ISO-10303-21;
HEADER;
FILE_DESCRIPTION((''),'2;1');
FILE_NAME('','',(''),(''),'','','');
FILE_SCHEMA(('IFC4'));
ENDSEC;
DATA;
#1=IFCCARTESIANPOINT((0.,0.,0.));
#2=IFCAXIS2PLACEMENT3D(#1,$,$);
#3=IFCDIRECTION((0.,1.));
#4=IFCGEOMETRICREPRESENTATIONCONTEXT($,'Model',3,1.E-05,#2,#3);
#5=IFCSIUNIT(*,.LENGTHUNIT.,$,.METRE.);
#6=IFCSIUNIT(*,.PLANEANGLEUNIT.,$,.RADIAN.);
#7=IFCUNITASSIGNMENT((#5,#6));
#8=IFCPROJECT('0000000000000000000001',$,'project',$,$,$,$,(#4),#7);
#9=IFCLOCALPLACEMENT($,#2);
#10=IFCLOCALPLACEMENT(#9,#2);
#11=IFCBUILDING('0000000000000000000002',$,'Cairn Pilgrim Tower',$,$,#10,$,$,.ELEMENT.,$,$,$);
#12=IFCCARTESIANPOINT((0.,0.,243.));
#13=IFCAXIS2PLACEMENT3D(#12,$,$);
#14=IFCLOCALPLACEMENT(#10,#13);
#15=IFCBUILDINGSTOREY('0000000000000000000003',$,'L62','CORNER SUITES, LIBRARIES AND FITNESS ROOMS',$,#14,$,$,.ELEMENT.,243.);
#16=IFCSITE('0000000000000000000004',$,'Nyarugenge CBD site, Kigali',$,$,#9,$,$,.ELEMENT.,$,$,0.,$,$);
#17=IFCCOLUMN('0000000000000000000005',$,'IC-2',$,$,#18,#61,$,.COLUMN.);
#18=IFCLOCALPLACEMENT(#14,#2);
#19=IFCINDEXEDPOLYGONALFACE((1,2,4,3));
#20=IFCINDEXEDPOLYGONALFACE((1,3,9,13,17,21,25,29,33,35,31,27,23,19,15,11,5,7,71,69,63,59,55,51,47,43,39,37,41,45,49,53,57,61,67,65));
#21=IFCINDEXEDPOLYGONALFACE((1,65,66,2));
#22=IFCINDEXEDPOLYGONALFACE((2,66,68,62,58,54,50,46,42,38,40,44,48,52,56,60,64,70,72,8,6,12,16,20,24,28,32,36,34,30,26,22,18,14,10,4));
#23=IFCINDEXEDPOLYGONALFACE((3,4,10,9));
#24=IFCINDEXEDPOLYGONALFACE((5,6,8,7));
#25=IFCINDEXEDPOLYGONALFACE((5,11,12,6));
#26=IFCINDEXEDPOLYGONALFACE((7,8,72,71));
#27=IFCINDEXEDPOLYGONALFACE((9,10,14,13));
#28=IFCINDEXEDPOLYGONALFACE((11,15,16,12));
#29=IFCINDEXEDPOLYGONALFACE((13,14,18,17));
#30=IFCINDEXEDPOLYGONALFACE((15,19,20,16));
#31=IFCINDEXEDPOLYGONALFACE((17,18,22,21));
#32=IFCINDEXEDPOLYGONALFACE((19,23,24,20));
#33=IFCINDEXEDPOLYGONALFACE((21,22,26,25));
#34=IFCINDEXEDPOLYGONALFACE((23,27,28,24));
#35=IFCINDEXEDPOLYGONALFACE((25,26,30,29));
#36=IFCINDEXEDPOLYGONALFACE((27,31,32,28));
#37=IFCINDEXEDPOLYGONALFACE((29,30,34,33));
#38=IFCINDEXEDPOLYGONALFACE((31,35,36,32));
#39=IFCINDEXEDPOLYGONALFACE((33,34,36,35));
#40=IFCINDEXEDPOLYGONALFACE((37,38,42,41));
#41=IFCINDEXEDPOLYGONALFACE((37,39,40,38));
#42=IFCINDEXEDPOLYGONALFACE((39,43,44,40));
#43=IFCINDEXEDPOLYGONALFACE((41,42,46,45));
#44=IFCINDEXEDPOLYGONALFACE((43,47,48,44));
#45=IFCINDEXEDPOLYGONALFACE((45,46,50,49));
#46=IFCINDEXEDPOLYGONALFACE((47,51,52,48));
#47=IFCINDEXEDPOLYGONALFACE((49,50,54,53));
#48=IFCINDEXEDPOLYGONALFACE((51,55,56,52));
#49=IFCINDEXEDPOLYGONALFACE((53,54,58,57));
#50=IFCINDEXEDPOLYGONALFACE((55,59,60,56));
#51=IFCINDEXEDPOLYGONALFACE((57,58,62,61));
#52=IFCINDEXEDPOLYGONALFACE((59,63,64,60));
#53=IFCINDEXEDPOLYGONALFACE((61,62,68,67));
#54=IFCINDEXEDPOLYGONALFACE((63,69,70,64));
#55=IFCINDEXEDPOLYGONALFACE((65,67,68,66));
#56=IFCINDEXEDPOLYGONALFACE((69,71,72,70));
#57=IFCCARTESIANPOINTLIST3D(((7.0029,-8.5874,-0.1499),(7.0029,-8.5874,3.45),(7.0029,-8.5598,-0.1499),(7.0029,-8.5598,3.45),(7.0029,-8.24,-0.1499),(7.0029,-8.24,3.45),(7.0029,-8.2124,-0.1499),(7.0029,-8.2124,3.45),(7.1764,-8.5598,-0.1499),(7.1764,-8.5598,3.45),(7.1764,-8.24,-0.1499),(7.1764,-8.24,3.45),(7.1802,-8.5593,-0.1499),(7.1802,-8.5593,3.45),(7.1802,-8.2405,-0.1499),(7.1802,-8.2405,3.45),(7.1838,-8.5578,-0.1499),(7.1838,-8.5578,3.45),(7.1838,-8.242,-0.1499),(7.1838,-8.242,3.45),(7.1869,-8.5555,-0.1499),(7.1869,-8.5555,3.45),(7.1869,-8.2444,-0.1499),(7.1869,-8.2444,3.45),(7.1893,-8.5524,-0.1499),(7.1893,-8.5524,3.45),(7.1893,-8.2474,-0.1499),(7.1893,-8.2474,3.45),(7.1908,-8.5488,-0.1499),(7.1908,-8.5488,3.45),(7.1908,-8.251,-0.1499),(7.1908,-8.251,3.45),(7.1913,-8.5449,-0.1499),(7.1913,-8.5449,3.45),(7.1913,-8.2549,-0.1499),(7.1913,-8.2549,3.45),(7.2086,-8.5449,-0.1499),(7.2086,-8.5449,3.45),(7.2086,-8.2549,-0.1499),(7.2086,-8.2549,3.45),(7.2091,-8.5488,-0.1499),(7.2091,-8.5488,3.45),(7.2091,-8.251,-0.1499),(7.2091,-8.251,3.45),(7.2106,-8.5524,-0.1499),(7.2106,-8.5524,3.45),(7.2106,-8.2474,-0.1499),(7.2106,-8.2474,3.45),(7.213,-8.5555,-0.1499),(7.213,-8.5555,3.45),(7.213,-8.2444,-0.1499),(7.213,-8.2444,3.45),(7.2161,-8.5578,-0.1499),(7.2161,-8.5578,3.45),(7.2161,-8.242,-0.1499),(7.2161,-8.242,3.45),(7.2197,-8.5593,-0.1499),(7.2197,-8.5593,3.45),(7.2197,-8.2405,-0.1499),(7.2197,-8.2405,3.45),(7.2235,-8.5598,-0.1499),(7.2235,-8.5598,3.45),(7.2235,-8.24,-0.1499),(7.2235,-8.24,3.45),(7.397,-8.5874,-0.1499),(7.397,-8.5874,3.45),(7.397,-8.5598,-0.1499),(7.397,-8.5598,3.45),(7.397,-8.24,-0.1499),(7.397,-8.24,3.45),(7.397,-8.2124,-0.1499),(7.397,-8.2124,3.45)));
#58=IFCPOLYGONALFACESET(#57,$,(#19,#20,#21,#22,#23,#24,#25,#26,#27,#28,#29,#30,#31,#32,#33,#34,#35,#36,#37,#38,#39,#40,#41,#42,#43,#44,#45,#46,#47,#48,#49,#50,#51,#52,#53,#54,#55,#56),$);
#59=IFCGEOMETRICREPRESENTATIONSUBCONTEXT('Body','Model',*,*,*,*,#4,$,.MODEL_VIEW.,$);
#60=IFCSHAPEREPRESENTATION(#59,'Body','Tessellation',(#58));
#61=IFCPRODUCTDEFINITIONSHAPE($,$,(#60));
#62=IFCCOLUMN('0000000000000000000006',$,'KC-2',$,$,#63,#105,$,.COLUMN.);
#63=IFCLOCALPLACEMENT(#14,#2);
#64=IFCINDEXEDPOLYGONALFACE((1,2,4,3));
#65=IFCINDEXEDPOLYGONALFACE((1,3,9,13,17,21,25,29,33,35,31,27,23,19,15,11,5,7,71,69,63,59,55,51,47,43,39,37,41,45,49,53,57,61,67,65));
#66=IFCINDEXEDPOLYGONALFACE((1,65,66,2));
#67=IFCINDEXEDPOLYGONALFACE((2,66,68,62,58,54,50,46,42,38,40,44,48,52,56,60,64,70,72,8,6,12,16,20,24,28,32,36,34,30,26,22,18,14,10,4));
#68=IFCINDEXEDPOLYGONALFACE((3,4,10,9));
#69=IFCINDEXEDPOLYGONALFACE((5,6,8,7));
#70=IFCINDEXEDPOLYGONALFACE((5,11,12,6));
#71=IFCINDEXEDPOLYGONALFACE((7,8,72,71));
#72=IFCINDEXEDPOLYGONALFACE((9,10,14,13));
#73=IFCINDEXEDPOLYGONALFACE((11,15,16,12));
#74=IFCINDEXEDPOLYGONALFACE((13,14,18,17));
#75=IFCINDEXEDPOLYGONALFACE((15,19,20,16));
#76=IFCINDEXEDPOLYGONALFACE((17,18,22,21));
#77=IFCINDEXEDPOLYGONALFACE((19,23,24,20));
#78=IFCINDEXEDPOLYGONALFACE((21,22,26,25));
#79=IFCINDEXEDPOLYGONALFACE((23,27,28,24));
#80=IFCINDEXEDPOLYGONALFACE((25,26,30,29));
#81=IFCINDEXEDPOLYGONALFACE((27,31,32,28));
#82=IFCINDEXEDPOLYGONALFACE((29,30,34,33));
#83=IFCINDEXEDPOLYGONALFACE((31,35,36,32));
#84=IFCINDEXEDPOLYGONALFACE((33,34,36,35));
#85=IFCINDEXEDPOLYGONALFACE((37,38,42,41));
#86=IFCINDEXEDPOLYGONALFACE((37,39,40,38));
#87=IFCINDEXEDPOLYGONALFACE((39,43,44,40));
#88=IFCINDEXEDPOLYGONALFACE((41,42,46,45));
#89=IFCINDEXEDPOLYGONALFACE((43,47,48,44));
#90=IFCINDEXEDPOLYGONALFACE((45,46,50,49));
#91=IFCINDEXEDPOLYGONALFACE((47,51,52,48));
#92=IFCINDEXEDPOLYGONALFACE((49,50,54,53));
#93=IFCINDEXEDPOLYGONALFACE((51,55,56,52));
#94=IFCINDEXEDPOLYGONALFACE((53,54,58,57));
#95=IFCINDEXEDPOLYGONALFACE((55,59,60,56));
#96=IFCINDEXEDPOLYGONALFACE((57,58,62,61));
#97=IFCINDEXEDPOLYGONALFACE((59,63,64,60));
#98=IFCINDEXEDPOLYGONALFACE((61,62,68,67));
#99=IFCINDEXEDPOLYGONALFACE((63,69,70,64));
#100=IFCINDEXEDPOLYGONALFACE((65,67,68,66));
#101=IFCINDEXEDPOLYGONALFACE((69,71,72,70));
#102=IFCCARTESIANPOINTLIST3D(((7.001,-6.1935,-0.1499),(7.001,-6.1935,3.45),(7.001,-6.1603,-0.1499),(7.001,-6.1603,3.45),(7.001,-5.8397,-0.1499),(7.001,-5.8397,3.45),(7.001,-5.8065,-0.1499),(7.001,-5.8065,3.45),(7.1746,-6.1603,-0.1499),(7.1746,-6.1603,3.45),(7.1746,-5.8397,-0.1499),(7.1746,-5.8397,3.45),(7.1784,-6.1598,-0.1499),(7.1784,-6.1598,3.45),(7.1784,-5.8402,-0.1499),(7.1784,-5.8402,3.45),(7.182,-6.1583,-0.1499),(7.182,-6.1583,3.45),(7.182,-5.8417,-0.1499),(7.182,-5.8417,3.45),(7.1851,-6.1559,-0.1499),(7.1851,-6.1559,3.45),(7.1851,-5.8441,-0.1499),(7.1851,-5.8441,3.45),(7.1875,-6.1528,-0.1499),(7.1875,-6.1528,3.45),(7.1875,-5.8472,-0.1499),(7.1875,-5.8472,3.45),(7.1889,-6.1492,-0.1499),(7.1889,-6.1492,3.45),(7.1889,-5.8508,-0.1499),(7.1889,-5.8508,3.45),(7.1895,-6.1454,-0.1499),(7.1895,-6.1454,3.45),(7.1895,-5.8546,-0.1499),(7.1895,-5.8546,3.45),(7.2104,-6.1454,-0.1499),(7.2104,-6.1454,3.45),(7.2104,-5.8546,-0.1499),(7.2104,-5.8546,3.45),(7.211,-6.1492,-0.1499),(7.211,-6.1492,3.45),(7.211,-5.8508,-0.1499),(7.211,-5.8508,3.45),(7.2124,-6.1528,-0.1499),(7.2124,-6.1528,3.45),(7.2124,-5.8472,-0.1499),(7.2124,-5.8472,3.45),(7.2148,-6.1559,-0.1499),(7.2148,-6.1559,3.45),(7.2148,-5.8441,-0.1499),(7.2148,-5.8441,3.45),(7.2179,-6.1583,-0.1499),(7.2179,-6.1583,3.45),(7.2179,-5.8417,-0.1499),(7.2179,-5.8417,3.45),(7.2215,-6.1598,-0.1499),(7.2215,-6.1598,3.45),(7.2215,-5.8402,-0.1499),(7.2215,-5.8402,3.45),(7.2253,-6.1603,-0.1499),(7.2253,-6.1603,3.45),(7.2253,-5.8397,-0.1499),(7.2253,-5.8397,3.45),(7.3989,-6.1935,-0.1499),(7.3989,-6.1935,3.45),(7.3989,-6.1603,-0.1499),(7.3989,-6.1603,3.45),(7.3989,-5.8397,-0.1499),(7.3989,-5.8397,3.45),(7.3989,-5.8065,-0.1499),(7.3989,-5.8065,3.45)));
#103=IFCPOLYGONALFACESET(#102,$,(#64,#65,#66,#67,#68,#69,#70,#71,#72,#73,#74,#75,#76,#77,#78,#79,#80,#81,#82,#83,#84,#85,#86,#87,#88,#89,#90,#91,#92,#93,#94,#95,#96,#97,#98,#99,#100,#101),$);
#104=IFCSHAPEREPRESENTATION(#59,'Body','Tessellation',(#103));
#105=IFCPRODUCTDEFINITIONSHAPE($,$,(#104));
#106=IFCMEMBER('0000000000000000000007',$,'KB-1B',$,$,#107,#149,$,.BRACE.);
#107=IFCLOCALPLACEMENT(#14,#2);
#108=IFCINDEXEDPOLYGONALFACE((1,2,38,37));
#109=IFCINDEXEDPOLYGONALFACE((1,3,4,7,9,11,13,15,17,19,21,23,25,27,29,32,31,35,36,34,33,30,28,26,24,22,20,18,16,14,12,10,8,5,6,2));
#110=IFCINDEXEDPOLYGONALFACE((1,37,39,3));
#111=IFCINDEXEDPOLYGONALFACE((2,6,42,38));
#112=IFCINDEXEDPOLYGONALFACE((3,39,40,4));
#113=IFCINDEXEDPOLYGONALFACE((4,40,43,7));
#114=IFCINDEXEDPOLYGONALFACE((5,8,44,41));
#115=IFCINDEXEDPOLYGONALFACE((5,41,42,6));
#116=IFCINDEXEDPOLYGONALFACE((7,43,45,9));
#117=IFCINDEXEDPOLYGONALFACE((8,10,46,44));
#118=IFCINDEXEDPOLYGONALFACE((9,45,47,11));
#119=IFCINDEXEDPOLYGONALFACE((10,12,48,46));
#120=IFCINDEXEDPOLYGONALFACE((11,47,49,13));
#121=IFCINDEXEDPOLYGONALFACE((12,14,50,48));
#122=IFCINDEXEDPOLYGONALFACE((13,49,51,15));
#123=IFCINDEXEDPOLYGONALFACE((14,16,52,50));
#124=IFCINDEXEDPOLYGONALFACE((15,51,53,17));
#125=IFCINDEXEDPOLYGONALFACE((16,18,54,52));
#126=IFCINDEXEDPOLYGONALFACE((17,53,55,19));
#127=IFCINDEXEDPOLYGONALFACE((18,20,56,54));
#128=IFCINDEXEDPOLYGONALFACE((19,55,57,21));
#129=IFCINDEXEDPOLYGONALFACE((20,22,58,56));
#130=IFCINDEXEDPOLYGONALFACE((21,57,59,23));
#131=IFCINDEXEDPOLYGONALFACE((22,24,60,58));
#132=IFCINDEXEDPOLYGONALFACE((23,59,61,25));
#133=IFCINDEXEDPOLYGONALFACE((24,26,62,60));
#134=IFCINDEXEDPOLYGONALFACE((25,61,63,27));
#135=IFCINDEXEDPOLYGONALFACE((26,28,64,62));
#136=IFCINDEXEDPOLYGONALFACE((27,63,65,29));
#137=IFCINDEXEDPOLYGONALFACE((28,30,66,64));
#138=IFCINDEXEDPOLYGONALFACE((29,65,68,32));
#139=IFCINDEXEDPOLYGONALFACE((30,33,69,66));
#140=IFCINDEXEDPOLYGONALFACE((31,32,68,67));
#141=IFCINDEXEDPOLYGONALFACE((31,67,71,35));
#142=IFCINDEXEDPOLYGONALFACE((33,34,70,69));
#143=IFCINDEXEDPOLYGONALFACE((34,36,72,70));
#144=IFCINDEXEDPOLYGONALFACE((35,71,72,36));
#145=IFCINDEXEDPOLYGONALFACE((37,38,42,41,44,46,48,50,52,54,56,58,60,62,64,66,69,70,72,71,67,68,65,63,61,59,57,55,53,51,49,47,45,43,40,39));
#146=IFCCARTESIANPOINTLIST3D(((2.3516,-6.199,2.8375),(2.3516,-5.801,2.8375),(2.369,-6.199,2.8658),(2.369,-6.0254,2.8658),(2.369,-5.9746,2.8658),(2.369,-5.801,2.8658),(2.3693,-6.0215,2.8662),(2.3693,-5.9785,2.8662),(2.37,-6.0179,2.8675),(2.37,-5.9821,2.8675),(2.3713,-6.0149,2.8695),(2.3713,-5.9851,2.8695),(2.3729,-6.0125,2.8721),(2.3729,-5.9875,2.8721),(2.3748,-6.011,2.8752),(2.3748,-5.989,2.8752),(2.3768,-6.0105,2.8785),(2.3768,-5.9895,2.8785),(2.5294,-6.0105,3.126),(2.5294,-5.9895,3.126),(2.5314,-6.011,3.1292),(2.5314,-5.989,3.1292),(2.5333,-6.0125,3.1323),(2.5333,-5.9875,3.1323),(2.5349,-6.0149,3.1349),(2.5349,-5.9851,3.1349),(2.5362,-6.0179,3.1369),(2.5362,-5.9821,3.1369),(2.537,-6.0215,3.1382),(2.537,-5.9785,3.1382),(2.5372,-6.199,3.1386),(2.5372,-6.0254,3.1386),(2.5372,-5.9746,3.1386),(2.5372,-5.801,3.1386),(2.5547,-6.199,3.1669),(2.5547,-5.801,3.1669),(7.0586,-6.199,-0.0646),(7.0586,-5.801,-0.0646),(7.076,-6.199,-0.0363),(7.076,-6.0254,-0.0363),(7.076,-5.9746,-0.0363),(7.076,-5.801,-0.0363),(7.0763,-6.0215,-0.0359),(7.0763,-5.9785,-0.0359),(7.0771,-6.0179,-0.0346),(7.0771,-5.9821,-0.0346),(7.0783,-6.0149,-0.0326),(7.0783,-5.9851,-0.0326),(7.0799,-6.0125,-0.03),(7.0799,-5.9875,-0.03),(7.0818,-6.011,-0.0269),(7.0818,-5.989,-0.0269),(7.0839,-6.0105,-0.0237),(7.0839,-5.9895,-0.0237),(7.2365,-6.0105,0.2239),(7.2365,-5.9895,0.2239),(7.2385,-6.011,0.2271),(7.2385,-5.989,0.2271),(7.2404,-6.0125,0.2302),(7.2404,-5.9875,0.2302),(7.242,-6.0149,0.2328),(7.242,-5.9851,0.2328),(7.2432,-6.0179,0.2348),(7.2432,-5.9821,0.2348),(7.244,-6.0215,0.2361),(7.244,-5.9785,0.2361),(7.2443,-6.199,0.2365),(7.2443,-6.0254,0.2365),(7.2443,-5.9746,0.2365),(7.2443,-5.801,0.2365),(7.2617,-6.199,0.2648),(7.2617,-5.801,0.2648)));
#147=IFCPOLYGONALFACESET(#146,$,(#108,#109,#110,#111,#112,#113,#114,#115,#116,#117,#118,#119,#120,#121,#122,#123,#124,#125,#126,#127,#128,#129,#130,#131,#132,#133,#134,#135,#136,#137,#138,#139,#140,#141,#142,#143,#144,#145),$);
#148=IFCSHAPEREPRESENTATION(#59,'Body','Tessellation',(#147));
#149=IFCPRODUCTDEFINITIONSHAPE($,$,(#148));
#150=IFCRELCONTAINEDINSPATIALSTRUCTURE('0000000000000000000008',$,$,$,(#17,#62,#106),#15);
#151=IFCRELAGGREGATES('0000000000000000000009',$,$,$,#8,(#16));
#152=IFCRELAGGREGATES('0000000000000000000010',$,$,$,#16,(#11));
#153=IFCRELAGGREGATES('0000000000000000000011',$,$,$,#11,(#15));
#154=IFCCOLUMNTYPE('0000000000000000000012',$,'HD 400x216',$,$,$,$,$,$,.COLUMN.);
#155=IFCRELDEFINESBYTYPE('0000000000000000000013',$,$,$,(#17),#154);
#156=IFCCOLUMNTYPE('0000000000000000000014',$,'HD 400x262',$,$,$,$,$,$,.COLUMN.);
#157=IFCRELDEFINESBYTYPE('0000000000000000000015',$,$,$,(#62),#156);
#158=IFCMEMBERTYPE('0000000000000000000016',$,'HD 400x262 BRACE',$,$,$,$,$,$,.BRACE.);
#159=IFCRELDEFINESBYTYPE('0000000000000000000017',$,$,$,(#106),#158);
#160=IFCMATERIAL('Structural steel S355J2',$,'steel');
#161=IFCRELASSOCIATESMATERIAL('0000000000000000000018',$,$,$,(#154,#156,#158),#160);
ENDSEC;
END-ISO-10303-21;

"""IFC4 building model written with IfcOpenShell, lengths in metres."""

from ifc_helpers import new_model, si_unit, direction, frame, origin, origin_2d, place, context, subcontext, project, spatial, i_section, extrude, material, material_profile, profile_set, type_object, element, save


model = new_model("IFC4")

# Units and contexts
model_context = context("Model", 3, precision=1e-05, world=origin(), true_north=direction((0.0, 1.0)))
body_context = subcontext(model_context, "Body", "Model", "MODEL_VIEW")
ifc_project = project(units=[si_unit("LENGTHUNIT", "METRE"), si_unit("PLANEANGLEUNIT", "RADIAN")], contexts=[model_context])

# Site, building, storey
site_placement = place(None, origin())
site = spatial("IfcSite", under=ifc_project, at=site_placement, Name="Nyarugenge CBD site, Kigali", CompositionType="ELEMENT", RefElevation=0.0)
building_placement = place(site_placement, origin())
building = spatial("IfcBuilding", under=site, at=building_placement, Name="Cairn Pilgrim Tower", CompositionType="ELEMENT")
storey_placement = place(building_placement, frame((0.0, 0.0, 243.0)))
storey = spatial("IfcBuildingStorey", under=building, at=storey_placement, Name="L62", Description="CORNER SUITES, LIBRARIES AND FITNESS ROOMS", CompositionType="ELEMENT", Elevation=243.0)

# Columns
ifc_material_1 = material(Name="Structural steel S355J2", Category="steel")
ifc_material_profile_1 = material_profile(ifc_material_1, i_section(OverallWidth=0.394, OverallDepth=0.375, WebThickness=0.0173, FlangeThickness=0.0276, FilletRadius=0.0149, at=origin_2d()), Name="HD 400x216")
ifc_profile_set_1 = profile_set([ifc_material_profile_1], Name="Structural steel S355J2")
column_type_1 = type_object("IfcColumnType", Name="HD 400x216", PredefinedType="COLUMN", material=ifc_profile_set_1)
column_1_placement = place(storey_placement, frame((7.2, -8.3999, -0.1499), z_axis=(0.0, 0.0, 1.0), x_axis=(1.0, 0.0, 0.0)))
element("IfcColumn", 1, at=column_1_placement, inside=storey, type_object=column_type_1, Name="IC-2", PredefinedType="COLUMN", context=body_context, shape_type="SweptSolid", body=[
    extrude(i_section(OverallWidth=0.394, OverallDepth=0.375, WebThickness=0.0173, FlangeThickness=0.0276, FilletRadius=0.0149, at=origin_2d()), origin(), (0.0, 0.0, 1.0), 3.5999),
])
ifc_material_profile_2 = material_profile(ifc_material_1, i_section(OverallWidth=0.3979, OverallDepth=0.387, WebThickness=0.021, FlangeThickness=0.0332, FilletRadius=0.0149, at=origin_2d()), Name="HD 400x262")
ifc_profile_set_2 = profile_set([ifc_material_profile_2], Name="Structural steel S355J2")
column_type_2 = type_object("IfcColumnType", Name="HD 400x262", PredefinedType="COLUMN", material=ifc_profile_set_2)
column_2_placement = place(storey_placement, frame((7.2, -6.0, -0.1499), z_axis=(0.0, 0.0, 1.0), x_axis=(1.0, 0.0, 0.0)))
element("IfcColumn", 2, at=column_2_placement, inside=storey, type_object=column_type_2, Name="KC-2", PredefinedType="COLUMN", context=body_context, shape_type="SweptSolid", body=[
    extrude(i_section(OverallWidth=0.3979, OverallDepth=0.387, WebThickness=0.021, FlangeThickness=0.0332, FilletRadius=0.0149, at=origin_2d()), origin(), (0.0, 0.0, 1.0), 3.5999),
])

# Member
ifc_material_profile_3 = material_profile(ifc_material_1, i_section(OverallWidth=0.3979, OverallDepth=0.387, WebThickness=0.021, FlangeThickness=0.0332, FilletRadius=0.0149, at=origin_2d()), Name="HD 400x262")
ifc_profile_set_3 = profile_set([ifc_material_profile_3], Name="Structural steel S355J2")
member_type = type_object("IfcMemberType", Name="HD 400x262 BRACE", PredefinedType="BRACE", material=ifc_profile_set_3)
member_placement = place(storey_placement, frame((7.1602, -6.0, 0.1001), z_axis=(-0.851217, 0.0, 0.524814), x_axis=(0.0, -1.0, 0.0)))
element("IfcMember", 3, at=member_placement, inside=storey, type_object=member_type, Name="KB-1B", PredefinedType="BRACE", context=body_context, shape_type="SweptSolid", body=[
    extrude(i_section(OverallWidth=0.3979, OverallDepth=0.387, WebThickness=0.021, FlangeThickness=0.0332, FilletRadius=0.0149, at=origin_2d()), origin(), (0.0, 0.0, 1.0), 5.5298),
])

save(model, "model.ifc")
